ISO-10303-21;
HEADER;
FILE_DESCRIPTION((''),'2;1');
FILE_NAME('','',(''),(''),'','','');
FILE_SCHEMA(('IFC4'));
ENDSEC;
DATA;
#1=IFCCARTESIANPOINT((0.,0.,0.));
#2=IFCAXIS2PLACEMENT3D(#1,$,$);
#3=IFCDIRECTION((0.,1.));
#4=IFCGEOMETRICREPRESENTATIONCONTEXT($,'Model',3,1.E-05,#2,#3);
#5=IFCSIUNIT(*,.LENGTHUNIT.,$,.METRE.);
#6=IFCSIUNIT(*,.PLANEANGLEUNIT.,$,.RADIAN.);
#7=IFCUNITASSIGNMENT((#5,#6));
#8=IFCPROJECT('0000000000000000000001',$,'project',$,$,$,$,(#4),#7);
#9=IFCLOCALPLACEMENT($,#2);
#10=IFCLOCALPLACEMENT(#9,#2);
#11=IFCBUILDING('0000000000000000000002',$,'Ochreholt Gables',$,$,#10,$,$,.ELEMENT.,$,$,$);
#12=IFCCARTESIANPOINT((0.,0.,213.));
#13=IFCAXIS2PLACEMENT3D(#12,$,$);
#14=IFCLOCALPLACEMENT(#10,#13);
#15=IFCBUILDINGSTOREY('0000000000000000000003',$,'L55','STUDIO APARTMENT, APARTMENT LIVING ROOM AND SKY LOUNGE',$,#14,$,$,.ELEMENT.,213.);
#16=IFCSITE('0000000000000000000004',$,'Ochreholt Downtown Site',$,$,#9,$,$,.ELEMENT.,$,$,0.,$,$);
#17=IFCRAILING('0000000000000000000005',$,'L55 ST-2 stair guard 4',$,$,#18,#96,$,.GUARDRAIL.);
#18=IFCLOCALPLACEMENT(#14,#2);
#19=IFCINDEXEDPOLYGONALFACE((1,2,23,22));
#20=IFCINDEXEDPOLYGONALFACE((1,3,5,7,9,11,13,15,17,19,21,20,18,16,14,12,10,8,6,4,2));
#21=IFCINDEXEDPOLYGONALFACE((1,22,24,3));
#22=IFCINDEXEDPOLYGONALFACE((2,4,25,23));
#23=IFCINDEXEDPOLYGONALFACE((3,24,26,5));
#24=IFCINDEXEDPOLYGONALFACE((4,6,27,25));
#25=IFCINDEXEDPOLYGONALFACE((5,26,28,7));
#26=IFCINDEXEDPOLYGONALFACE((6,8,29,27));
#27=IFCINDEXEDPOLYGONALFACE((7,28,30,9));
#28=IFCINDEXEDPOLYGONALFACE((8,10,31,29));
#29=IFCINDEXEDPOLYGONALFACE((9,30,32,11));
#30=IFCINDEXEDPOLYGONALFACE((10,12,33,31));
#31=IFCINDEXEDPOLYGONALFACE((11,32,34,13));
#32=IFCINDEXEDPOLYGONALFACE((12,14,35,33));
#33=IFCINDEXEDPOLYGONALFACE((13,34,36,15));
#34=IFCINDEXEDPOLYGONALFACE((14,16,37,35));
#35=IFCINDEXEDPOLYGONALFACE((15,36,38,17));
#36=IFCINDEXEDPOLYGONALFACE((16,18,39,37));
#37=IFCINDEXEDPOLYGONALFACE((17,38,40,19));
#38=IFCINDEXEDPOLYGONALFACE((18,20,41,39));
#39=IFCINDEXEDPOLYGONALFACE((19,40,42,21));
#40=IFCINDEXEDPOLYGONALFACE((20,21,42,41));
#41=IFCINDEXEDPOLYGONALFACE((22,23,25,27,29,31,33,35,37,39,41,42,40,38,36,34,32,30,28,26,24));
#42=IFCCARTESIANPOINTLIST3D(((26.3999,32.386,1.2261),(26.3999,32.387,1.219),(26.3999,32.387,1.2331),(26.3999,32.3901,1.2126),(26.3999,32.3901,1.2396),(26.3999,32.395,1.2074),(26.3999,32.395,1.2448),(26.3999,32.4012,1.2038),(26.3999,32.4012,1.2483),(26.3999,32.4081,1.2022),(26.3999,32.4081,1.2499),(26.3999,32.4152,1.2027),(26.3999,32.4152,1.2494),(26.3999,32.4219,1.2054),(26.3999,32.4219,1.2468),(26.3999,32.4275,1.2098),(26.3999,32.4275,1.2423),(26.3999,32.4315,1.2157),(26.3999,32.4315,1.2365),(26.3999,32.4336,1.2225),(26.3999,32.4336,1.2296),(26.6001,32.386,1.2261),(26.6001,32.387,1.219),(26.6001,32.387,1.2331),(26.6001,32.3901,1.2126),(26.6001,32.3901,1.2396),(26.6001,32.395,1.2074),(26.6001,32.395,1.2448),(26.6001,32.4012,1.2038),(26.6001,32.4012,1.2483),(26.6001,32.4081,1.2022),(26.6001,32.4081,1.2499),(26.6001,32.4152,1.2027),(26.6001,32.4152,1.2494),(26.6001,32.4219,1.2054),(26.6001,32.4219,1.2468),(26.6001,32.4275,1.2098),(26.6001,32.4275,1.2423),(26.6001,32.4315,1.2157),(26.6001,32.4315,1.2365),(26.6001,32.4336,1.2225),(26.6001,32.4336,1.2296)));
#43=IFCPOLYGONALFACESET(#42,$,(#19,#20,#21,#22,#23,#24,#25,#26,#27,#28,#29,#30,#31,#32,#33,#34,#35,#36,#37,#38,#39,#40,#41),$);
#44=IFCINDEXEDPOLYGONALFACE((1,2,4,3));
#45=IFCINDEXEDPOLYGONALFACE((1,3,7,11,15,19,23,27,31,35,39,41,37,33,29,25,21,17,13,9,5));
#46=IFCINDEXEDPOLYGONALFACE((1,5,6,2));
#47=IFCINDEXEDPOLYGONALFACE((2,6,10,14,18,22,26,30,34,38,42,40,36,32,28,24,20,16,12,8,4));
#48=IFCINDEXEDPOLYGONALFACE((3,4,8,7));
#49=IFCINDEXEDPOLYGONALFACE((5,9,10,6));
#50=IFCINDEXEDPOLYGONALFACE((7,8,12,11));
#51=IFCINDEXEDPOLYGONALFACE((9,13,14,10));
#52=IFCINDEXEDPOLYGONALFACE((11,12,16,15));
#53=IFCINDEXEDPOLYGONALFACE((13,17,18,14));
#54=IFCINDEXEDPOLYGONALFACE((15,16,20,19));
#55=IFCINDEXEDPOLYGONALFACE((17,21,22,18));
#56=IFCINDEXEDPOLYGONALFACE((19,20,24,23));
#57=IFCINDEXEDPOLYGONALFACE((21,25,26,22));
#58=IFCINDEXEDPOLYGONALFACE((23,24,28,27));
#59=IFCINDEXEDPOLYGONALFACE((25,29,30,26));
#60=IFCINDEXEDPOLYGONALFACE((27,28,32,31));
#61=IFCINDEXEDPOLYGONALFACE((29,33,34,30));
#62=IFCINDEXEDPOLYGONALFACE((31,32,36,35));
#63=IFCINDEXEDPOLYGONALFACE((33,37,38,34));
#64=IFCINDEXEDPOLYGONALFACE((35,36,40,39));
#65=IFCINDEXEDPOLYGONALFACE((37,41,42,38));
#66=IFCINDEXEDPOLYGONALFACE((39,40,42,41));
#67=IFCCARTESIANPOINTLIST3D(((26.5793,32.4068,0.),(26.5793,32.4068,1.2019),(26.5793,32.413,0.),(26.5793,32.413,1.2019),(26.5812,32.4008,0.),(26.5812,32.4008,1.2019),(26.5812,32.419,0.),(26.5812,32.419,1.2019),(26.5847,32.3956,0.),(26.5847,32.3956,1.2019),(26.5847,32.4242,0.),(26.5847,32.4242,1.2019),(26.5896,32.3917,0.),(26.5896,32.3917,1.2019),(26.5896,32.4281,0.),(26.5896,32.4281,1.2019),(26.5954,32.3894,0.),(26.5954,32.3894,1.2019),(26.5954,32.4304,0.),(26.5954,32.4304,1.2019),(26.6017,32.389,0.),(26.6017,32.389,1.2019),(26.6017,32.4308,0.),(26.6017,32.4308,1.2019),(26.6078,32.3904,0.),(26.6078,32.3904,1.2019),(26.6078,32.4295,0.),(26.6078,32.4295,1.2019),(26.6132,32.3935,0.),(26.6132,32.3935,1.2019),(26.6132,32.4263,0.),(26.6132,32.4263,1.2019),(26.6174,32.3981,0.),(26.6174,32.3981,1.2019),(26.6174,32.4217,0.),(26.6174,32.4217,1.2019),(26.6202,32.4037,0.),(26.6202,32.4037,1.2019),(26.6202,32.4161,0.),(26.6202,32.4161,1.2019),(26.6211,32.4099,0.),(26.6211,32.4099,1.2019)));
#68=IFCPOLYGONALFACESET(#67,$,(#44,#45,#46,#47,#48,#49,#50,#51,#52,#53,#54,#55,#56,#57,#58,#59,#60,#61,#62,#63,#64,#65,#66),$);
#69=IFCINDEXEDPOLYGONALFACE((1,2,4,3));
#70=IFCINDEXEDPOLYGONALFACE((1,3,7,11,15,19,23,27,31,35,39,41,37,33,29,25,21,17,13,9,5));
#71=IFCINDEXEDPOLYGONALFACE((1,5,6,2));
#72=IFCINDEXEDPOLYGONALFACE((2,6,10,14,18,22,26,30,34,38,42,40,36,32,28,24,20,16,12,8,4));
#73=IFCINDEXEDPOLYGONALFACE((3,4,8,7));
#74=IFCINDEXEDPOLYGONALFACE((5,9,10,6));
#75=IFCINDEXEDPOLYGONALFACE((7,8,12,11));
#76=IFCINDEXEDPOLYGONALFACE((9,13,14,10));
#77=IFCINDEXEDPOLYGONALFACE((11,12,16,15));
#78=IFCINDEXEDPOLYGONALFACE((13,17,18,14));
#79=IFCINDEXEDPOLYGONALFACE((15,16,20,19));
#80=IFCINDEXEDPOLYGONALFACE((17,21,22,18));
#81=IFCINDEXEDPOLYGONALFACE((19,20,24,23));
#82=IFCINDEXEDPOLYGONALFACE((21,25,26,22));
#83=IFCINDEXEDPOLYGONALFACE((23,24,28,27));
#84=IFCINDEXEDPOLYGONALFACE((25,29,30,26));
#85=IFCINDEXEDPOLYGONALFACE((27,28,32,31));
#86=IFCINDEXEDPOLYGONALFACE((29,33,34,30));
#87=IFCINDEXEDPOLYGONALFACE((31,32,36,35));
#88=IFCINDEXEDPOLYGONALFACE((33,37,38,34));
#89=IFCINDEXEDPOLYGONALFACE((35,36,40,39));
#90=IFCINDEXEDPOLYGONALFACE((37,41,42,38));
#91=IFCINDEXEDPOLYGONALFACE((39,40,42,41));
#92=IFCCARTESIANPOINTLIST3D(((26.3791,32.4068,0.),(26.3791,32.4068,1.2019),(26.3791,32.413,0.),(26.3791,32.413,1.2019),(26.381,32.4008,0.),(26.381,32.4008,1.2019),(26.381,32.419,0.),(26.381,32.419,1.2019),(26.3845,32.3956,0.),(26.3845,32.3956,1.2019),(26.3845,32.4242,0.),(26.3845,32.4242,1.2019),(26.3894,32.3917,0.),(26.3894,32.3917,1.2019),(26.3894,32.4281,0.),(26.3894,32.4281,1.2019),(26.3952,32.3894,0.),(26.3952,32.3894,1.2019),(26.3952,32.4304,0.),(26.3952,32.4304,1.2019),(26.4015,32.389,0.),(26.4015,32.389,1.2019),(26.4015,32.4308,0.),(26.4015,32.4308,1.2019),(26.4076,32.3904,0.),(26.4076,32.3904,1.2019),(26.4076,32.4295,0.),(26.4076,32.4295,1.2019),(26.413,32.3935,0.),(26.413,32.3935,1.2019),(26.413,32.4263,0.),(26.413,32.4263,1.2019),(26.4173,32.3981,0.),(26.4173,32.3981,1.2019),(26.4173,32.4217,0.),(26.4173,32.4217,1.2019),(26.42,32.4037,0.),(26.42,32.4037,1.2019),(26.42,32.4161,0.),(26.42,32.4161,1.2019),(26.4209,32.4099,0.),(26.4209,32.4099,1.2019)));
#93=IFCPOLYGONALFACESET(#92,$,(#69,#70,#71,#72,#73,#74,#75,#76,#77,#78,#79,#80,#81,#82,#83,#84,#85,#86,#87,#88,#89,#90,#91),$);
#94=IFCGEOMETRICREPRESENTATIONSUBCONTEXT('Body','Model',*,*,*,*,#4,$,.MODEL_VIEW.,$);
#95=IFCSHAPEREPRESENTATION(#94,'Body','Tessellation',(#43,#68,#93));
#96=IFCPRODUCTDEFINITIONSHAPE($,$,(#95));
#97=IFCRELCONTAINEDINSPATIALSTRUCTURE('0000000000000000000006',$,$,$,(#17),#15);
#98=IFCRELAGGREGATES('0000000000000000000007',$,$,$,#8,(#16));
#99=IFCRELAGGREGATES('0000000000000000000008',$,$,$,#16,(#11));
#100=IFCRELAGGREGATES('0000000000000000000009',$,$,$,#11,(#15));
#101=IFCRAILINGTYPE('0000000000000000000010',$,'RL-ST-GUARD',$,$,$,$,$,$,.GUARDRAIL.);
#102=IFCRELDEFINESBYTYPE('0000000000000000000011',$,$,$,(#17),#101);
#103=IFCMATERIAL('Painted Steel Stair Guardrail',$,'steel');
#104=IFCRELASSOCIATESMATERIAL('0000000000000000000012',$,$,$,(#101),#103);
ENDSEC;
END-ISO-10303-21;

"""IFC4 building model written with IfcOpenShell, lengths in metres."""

from ifc_helpers import new_model, si_unit, direction, frame, origin, origin_2d, place, context, subcontext, project, spatial, circle, extrude, material, type_object, element, save


model = new_model("IFC4")

# Units and contexts
model_context = context("Model", 3, precision=1e-05, world=origin(), true_north=direction((0.0, 1.0)))
body_context = subcontext(model_context, "Body", "Model", "MODEL_VIEW")
ifc_project = project(units=[si_unit("LENGTHUNIT", "METRE"), si_unit("PLANEANGLEUNIT", "RADIAN")], contexts=[model_context])

# Site, building, storey
site_placement = place(None, origin())
site = spatial("IfcSite", under=ifc_project, at=site_placement, Name="Ochreholt Downtown Site", CompositionType="ELEMENT", RefElevation=0.0)
building_placement = place(site_placement, origin())
building = spatial("IfcBuilding", under=site, at=building_placement, Name="Ochreholt Gables", CompositionType="ELEMENT")
storey_placement = place(building_placement, frame((0.0, 0.0, 213.0)))
storey = spatial("IfcBuildingStorey", under=building, at=storey_placement, Name="L55", Description="STUDIO APARTMENT, APARTMENT LIVING ROOM AND SKY LOUNGE", CompositionType="ELEMENT", Elevation=213.0)

# Railing
ifc_material_1 = material(Name="Painted Steel Stair Guardrail", Category="steel")
railing_type_1 = type_object("IfcRailingType", Name="RL-ST-GUARD", PredefinedType="GUARDRAIL", material=ifc_material_1)
railing_1_placement = place(storey_placement, frame((26.6001, 32.4099, 0.0)))
element("IfcRailing", 1, at=railing_1_placement, inside=storey, type_object=railing_type_1, Name="L55 ST-2 stair guard 4", PredefinedType="GUARDRAIL", context=body_context, shape_type="SweptSolid", body=[
    extrude(circle(Radius=0.0239, at=origin_2d()), frame((0.0, 0.0, 1.2261), z_axis=(-1.0, 0.0, 0.0), x_axis=(0.0, -1.0, 0.0)), (0.0, 0.0, 1.0), 0.2002),
    extrude(circle(Radius=0.021, at=origin_2d()), origin(), (0.0, 0.0, 1.0), 1.2019),
    extrude(circle(Radius=0.021, at=origin_2d()), frame((-0.2002, 0.0, 0.0)), (0.0, 0.0, 1.0), 1.2019),
])

save(model, "model.ifc")
